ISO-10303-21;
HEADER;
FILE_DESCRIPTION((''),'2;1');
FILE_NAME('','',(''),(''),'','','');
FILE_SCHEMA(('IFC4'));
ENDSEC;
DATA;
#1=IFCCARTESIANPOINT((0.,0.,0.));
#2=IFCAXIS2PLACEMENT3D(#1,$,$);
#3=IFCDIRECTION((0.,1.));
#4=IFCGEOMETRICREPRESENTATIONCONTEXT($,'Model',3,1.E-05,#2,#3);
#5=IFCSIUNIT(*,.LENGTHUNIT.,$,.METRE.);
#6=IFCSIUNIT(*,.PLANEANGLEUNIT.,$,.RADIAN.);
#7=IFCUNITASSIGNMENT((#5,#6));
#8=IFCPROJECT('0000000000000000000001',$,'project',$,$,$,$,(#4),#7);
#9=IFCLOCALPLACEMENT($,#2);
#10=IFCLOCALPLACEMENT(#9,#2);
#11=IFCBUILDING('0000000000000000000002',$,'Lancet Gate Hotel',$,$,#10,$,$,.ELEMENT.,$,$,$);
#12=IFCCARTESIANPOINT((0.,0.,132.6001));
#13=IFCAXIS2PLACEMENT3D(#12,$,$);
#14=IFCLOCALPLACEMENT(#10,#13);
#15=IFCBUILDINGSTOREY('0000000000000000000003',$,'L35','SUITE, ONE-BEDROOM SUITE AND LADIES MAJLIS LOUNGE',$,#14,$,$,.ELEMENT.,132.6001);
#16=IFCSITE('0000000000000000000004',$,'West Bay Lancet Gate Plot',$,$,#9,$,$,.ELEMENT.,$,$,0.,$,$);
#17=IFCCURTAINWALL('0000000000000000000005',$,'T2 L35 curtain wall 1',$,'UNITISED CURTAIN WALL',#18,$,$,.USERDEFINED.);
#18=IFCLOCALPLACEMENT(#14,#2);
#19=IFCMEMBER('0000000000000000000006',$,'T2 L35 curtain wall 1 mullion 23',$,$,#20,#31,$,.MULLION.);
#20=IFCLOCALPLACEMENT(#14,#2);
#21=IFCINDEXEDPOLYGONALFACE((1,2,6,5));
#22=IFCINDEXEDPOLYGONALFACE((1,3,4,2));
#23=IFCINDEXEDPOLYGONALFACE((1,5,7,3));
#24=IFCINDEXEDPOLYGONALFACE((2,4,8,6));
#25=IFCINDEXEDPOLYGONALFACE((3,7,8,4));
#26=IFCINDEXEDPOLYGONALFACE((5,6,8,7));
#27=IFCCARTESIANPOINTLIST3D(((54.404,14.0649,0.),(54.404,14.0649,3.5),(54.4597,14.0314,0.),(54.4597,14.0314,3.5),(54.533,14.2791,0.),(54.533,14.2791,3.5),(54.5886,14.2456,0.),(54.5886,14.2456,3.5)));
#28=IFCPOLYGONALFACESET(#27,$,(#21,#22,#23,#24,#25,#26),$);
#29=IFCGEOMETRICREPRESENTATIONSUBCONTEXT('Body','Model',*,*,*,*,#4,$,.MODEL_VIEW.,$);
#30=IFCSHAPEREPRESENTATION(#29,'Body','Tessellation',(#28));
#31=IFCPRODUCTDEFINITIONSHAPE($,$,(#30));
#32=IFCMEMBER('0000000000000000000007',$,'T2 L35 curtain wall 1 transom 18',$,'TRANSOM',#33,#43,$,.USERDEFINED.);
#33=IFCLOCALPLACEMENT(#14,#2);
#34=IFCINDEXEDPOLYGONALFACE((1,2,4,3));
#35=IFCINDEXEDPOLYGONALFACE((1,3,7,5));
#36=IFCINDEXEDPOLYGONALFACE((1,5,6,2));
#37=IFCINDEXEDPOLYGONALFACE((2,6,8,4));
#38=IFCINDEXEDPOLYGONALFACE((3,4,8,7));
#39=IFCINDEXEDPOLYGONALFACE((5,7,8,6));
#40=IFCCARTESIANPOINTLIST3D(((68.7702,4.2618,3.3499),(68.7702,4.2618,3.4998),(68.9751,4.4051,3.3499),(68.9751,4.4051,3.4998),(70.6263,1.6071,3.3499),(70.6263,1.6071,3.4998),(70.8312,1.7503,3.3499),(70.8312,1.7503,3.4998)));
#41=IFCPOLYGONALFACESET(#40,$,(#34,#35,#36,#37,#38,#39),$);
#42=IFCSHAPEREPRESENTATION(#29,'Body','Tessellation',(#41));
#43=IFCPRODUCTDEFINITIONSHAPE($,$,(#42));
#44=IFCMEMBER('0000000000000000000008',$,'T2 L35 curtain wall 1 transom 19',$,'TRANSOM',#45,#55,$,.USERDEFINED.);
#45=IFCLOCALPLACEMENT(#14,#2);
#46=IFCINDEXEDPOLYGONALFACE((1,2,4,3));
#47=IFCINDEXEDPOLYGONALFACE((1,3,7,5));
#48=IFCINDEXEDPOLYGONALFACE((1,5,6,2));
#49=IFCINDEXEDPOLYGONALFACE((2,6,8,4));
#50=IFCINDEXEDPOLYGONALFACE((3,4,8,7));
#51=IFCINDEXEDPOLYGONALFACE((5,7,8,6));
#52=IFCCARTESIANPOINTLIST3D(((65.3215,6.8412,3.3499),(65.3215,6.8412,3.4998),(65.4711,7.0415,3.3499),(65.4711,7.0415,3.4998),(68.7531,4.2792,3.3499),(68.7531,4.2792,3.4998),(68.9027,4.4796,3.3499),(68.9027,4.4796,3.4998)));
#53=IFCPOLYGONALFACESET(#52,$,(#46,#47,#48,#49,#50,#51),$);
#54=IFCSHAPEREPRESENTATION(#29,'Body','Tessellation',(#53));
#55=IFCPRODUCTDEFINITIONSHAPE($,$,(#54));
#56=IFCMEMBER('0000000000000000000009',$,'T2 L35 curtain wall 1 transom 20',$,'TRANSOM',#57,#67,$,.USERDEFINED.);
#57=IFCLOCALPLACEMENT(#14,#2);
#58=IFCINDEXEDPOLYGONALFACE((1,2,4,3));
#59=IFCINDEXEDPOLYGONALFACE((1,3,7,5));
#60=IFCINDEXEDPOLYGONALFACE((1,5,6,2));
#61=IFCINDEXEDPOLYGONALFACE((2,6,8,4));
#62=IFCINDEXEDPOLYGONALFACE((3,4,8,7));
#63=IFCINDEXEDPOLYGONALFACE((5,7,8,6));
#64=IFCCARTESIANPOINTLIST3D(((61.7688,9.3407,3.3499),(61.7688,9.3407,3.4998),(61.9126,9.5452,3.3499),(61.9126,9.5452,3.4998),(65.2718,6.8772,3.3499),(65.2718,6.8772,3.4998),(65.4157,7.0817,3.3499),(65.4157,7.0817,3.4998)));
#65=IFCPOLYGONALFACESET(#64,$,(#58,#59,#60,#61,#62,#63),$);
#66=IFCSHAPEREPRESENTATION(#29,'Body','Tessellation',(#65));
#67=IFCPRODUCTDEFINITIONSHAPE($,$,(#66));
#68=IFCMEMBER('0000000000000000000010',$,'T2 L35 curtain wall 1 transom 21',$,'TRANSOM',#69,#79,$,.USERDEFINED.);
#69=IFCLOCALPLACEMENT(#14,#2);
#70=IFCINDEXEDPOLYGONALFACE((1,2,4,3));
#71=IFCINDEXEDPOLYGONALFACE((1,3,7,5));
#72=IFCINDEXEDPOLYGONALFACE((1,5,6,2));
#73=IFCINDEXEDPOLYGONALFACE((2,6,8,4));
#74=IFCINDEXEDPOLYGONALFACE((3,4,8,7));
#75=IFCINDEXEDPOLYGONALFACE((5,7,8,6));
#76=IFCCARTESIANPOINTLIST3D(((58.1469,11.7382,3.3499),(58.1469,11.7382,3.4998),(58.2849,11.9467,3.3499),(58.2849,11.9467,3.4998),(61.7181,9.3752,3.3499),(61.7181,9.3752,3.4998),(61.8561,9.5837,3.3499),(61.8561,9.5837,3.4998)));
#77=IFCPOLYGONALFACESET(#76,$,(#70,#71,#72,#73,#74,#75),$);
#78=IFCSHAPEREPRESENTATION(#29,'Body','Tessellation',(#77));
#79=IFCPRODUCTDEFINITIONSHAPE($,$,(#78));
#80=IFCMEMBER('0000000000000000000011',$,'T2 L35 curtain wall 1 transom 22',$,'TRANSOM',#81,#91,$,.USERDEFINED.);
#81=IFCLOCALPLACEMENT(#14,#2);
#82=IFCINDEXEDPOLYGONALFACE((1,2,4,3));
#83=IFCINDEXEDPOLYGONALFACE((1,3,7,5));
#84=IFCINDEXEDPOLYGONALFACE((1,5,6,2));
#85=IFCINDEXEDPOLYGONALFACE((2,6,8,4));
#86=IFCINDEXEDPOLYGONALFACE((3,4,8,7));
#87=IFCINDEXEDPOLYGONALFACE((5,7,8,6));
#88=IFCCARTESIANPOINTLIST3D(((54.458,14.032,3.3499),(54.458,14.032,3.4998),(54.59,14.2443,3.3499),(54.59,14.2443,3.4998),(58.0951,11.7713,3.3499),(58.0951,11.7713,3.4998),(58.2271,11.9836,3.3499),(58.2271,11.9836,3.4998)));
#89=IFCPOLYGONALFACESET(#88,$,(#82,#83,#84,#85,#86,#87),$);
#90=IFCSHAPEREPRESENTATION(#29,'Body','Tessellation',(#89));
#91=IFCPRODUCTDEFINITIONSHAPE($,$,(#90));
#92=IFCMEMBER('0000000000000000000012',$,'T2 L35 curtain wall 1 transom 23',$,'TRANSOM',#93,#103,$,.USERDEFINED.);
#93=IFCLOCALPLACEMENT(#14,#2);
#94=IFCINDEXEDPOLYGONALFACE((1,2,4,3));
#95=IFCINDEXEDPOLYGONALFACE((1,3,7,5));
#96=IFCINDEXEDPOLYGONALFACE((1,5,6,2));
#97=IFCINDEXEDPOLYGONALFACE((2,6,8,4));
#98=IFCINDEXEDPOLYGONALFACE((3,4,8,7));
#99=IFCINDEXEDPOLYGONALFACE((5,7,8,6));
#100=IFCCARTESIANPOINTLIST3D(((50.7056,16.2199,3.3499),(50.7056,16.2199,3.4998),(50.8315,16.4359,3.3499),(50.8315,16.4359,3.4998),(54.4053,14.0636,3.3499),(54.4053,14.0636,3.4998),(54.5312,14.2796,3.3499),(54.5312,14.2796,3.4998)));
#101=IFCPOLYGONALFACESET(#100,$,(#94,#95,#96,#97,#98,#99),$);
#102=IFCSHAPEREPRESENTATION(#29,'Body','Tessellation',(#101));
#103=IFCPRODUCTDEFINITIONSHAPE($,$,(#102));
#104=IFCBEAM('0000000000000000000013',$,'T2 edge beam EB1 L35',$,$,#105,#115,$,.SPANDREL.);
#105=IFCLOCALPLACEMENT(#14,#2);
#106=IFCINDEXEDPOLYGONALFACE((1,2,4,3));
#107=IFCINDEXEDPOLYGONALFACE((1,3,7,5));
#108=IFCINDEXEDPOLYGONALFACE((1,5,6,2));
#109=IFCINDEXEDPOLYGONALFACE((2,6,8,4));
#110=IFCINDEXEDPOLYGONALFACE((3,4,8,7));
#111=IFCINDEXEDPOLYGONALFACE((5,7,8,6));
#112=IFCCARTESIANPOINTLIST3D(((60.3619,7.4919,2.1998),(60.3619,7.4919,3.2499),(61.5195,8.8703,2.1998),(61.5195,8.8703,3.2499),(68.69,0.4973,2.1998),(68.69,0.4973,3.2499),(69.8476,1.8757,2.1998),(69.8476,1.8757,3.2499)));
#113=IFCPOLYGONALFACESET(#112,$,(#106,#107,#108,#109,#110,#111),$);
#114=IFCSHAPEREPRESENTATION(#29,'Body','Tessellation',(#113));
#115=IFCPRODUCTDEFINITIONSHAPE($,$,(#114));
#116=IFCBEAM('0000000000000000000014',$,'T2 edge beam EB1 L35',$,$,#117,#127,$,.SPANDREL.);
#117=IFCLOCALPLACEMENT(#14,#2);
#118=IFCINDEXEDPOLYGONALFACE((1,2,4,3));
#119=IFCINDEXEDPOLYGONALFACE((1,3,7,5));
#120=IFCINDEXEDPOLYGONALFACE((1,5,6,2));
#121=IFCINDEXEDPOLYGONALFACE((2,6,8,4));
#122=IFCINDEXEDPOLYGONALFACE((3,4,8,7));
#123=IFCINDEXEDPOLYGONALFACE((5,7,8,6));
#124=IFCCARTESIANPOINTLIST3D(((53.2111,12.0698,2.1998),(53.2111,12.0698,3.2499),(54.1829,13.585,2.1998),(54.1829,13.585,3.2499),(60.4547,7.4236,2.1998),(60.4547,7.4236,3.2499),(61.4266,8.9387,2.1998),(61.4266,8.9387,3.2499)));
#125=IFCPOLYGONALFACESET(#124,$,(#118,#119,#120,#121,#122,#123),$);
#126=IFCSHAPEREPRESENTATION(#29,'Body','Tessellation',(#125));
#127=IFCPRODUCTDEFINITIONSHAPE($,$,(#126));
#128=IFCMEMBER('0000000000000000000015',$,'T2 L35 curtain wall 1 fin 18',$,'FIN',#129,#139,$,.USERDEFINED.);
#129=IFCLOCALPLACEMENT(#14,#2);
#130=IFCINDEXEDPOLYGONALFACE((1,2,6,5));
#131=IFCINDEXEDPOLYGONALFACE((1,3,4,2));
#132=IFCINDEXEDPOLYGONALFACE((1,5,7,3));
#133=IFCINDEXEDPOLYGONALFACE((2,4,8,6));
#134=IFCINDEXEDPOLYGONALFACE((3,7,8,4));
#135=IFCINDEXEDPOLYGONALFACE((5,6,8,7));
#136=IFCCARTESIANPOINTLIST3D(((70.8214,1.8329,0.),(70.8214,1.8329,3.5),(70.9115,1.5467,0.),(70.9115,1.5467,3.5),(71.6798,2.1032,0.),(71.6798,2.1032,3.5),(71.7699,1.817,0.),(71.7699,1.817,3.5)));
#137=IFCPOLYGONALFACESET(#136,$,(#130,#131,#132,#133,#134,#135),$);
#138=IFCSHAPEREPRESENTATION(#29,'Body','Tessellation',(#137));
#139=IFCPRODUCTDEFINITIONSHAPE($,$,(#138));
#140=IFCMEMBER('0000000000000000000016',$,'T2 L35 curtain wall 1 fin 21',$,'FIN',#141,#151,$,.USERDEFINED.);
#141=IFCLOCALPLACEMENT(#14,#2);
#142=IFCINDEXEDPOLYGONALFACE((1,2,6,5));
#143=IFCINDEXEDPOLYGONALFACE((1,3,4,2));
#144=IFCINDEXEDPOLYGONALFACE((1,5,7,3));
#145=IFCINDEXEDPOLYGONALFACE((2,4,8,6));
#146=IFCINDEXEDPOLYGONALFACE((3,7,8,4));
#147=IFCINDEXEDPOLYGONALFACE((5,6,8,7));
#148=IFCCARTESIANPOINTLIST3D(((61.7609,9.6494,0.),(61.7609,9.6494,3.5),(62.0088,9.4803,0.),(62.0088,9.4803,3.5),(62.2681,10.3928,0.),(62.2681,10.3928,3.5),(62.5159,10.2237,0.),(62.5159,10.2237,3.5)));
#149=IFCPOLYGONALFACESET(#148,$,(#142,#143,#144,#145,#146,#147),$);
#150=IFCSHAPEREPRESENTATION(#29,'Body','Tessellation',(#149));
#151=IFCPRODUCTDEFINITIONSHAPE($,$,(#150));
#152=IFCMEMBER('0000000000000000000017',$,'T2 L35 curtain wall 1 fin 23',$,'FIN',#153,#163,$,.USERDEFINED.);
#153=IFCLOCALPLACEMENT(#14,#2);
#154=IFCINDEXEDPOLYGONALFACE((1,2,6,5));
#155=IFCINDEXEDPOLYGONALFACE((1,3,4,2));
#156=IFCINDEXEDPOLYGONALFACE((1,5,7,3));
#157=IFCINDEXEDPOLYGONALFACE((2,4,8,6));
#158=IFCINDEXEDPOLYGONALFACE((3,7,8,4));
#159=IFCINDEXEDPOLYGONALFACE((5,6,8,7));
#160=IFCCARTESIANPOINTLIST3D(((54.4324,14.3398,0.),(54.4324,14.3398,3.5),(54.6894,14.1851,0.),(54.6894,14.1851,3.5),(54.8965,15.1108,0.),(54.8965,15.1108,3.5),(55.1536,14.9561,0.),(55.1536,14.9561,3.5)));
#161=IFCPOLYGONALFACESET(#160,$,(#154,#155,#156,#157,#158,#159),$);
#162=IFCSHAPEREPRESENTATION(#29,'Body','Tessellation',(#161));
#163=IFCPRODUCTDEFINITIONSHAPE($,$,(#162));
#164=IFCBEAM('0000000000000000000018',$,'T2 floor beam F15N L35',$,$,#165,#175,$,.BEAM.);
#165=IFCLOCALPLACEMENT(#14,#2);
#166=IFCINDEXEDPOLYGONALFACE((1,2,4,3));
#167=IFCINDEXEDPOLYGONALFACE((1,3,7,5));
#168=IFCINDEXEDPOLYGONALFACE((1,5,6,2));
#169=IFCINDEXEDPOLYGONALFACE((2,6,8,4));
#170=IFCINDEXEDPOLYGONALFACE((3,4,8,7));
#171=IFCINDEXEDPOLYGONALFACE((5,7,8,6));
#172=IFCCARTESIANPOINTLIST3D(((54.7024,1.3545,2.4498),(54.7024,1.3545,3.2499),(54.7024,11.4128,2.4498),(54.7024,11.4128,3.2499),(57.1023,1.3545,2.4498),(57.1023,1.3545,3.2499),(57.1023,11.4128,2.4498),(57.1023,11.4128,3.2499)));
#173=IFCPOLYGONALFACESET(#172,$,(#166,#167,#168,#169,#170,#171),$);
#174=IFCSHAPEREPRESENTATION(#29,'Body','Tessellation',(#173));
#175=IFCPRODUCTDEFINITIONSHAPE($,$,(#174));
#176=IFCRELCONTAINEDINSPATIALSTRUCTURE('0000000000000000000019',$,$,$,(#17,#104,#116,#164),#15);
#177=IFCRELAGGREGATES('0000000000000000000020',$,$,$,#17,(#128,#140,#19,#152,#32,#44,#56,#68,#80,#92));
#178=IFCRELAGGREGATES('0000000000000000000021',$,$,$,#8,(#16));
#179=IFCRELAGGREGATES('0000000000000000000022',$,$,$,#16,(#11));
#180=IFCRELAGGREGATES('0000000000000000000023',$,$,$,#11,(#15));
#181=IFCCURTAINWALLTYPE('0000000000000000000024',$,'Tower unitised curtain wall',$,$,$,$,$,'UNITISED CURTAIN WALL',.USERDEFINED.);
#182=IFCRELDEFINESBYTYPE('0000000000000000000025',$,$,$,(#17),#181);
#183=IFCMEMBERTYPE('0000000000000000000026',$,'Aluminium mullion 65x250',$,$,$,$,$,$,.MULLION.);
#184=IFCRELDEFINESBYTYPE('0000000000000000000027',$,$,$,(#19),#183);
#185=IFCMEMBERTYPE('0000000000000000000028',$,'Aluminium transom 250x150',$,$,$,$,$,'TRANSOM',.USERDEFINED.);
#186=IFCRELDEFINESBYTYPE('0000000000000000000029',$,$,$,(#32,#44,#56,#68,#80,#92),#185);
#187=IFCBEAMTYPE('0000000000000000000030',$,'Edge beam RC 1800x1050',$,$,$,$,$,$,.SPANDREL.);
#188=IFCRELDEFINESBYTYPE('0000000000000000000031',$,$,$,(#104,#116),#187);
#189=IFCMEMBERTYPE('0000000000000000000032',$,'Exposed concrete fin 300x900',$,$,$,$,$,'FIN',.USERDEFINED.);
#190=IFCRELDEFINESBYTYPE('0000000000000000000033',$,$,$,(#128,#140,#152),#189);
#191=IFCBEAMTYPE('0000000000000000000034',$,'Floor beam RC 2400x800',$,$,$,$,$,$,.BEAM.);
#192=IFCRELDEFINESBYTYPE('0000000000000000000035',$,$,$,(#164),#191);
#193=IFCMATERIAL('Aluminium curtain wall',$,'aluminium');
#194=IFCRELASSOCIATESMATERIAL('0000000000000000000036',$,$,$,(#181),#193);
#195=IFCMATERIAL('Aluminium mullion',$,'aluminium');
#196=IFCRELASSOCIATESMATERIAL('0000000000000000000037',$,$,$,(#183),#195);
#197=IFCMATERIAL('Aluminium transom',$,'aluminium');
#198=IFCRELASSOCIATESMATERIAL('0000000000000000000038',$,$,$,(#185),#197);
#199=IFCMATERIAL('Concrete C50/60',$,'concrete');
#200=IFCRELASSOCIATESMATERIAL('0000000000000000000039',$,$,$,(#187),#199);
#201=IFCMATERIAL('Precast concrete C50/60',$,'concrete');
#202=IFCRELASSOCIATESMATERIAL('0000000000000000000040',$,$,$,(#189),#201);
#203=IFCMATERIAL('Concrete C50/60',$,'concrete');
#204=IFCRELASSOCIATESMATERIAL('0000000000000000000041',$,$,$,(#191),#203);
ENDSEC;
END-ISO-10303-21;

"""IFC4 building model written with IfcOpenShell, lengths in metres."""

from ifc_helpers import new_model, si_unit, direction, frame, origin, origin_2d, place, context, subcontext, project, spatial, rectangle, extrude, material, material_profile, profile_set, type_object, element, aggregate, save


model = new_model("IFC4")

# Units and contexts
model_context = context("Model", 3, precision=1e-05, world=origin(), true_north=direction((0.0, 1.0)))
body_context = subcontext(model_context, "Body", "Model", "MODEL_VIEW")
ifc_project = project(units=[si_unit("LENGTHUNIT", "METRE"), si_unit("PLANEANGLEUNIT", "RADIAN")], contexts=[model_context])

# Site, building, storey
site_placement = place(None, origin())
site = spatial("IfcSite", under=ifc_project, at=site_placement, Name="West Bay Lancet Gate Plot", CompositionType="ELEMENT", RefElevation=0.0)
building_placement = place(site_placement, origin())
building = spatial("IfcBuilding", under=site, at=building_placement, Name="Lancet Gate Hotel", CompositionType="ELEMENT")
storey_placement = place(building_placement, frame((0.0, 0.0, 132.6001)))
storey = spatial("IfcBuildingStorey", under=building, at=storey_placement, Name="L35", Description="SUITE, ONE-BEDROOM SUITE AND LADIES MAJLIS LOUNGE", CompositionType="ELEMENT", Elevation=132.6001)

# Curtain wall, members
ifc_material_1 = material(Name="Aluminium curtain wall", Category="aluminium")
curtain_wall_type = type_object("IfcCurtainWallType", Name="Tower unitised curtain wall", ElementType="UNITISED CURTAIN WALL", PredefinedType="USERDEFINED", material=ifc_material_1)
curtain_wall_placement = place(storey_placement, origin())
curtain_wall = element("IfcCurtainWall", 1, at=curtain_wall_placement, inside=storey, type_object=curtain_wall_type, Name="T2 L35 curtain wall 1", ObjectType="UNITISED CURTAIN WALL", PredefinedType="USERDEFINED")
ifc_material_2 = material(Name="Aluminium mullion", Category="aluminium")
ifc_material_profile_1 = material_profile(ifc_material_2, rectangle(XDim=0.0649, YDim=0.25, at=origin_2d()), Name="MULLION 65x250")
ifc_profile_set_1 = profile_set([ifc_material_profile_1], Name="Aluminium mullion")
member_type_1 = type_object("IfcMemberType", Name="Aluminium mullion 65x250", PredefinedType="MULLION", material=ifc_profile_set_1)
member_1_placement = place(storey_placement, frame((54.4963, 14.1553, 0.0), z_axis=(0.0, 0.0, 1.0), x_axis=(-0.856728, 0.515768, 0.0)))
member_1 = element("IfcMember", 2, at=member_1_placement, type_object=member_type_1, Name="T2 L35 curtain wall 1 mullion 23", PredefinedType="MULLION", context=body_context, shape_type="SweptSolid", body=[
    extrude(rectangle(XDim=0.0649, YDim=0.25, at=origin_2d()), origin(), (0.0, 0.0, 1.0), 3.5),
])
ifc_material_3 = material(Name="Aluminium transom", Category="aluminium")
ifc_material_profile_2 = material_profile(ifc_material_3, rectangle(XDim=0.25, YDim=0.1499, at=origin_2d()), Name="TRANSOM 250x150")
ifc_profile_set_2 = profile_set([ifc_material_profile_2], Name="Aluminium transom")
member_type_2 = type_object("IfcMemberType", Name="Aluminium transom 250x150", ElementType="TRANSOM", PredefinedType="USERDEFINED", material=ifc_profile_set_2)
member_2_placement = place(storey_placement, frame((70.7288, 1.6787, 3.4248), z_axis=(-0.573017, 0.819543, 0.0), x_axis=(-0.819543, -0.573017, 0.0)))
member_2 = element("IfcMember", 3, at=member_2_placement, type_object=member_type_2, Name="T2 L35 curtain wall 1 transom 18", ObjectType="TRANSOM", PredefinedType="USERDEFINED", context=body_context, shape_type="SweptSolid", body=[
    extrude(rectangle(XDim=0.25, YDim=0.1499, at=origin_2d()), origin(), (0.0, 0.0, 1.0), 3.2393),
])
member_3_placement = place(storey_placement, frame((68.8279, 4.3794, 3.4248), z_axis=(-0.801312, 0.598247, 0.0), x_axis=(-0.598247, -0.801312, 0.0)))
member_3 = element("IfcMember", 4, at=member_3_placement, type_object=member_type_2, Name="T2 L35 curtain wall 1 transom 19", ObjectType="TRANSOM", PredefinedType="USERDEFINED", context=body_context, shape_type="SweptSolid", body=[
    extrude(rectangle(XDim=0.25, YDim=0.1499, at=origin_2d()), origin(), (0.0, 0.0, 1.0), 4.2825),
])
member_4_placement = place(storey_placement, frame((65.3438, 6.9795, 3.4248), z_axis=(-0.817987, 0.575236, 0.0), x_axis=(-0.575236, -0.817987, 0.0)))
member_4 = element("IfcMember", 5, at=member_4_placement, type_object=member_type_2, Name="T2 L35 curtain wall 1 transom 20", ObjectType="TRANSOM", PredefinedType="USERDEFINED", context=body_context, shape_type="SweptSolid", body=[
    extrude(rectangle(XDim=0.25, YDim=0.1499, at=origin_2d()), origin(), (0.0, 0.0, 1.0), 4.2825),
])
member_5_placement = place(storey_placement, frame((61.7871, 9.4795, 3.4248), z_axis=(-0.833966, 0.551816, 0.0), x_axis=(-0.551816, -0.833966, 0.0)))
member_5 = element("IfcMember", 6, at=member_5_placement, type_object=member_type_2, Name="T2 L35 curtain wall 1 transom 21", ObjectType="TRANSOM", PredefinedType="USERDEFINED", context=body_context, shape_type="SweptSolid", body=[
    extrude(rectangle(XDim=0.25, YDim=0.1499, at=origin_2d()), origin(), (0.0, 0.0, 1.0), 4.2822),
])
member_6_placement = place(storey_placement, frame((58.1611, 11.8774, 3.4248), z_axis=(-0.849309, 0.527896, 0.0), x_axis=(-0.527896, -0.849309, 0.0)))
member_6 = element("IfcMember", 7, at=member_6_placement, type_object=member_type_2, Name="T2 L35 curtain wall 1 transom 22", ObjectType="TRANSOM", PredefinedType="USERDEFINED", context=body_context, shape_type="SweptSolid", body=[
    extrude(rectangle(XDim=0.25, YDim=0.1499, at=origin_2d()), origin(), (0.0, 0.0, 1.0), 4.2825),
])
member_7_placement = place(storey_placement, frame((54.4683, 14.1716, 3.4248), z_axis=(-0.863973, 0.503538, 0.0), x_axis=(-0.503538, -0.863973, 0.0)))
member_7 = element("IfcMember", 8, at=member_7_placement, type_object=member_type_2, Name="T2 L35 curtain wall 1 transom 23", ObjectType="TRANSOM", PredefinedType="USERDEFINED", context=body_context, shape_type="SweptSolid", body=[
    extrude(rectangle(XDim=0.25, YDim=0.1499, at=origin_2d()), origin(), (0.0, 0.0, 1.0), 4.2822),
])

# Beams
ifc_material_4 = material(Name="Concrete C50/60", Category="concrete")
ifc_material_profile_3 = material_profile(ifc_material_4, rectangle(XDim=1.8, YDim=1.05, at=origin_2d()), Name="RC 1800x1050")
ifc_profile_set_3 = profile_set([ifc_material_profile_3], Name="Concrete C50/60")
beam_type_1 = type_object("IfcBeamType", Name="Edge beam RC 1800x1050", PredefinedType="SPANDREL", material=ifc_profile_set_3)
beam_1_placement = place(storey_placement, frame((69.2688, 1.1865, 2.7249), z_axis=(-0.76575, 0.643138, 0.0), x_axis=(-0.643138, -0.76575, 0.0)))
element("IfcBeam", 9, at=beam_1_placement, inside=storey, type_object=beam_type_1, Name="T2 edge beam EB1 L35", PredefinedType="SPANDREL", context=body_context, shape_type="SweptSolid", body=[
    extrude(rectangle(XDim=1.8, YDim=1.05, at=origin_2d()), origin(), (0.0, 0.0, 1.0), 10.8757),
])
beam_2_placement = place(storey_placement, frame((60.9407, 8.1812, 2.7249), z_axis=(-0.841727, 0.539903, 0.0), x_axis=(-0.539903, -0.841727, 0.0)))
element("IfcBeam", 10, at=beam_2_placement, inside=storey, type_object=beam_type_1, Name="T2 edge beam EB1 L35", PredefinedType="SPANDREL", context=body_context, shape_type="SweptSolid", body=[
    extrude(rectangle(XDim=1.8, YDim=1.05, at=origin_2d()), origin(), (0.0, 0.0, 1.0), 8.6057),
])

# Members
ifc_material_5 = material(Name="Precast concrete C50/60", Category="concrete")
ifc_material_profile_4 = material_profile(ifc_material_5, rectangle(XDim=0.3, YDim=0.8999, at=origin_2d()), Name="FIN 300x900")
ifc_profile_set_4 = profile_set([ifc_material_profile_4], Name="Precast concrete C50/60")
member_type_3 = type_object("IfcMemberType", Name="Exposed concrete fin 300x900", ElementType="FIN", PredefinedType="USERDEFINED", material=ifc_profile_set_4)
member_8_placement = place(storey_placement, frame((71.2957, 1.825, 0.0), z_axis=(0.0, 0.0, 1.0), x_axis=(-0.300385, 0.953818, 0.0)))
member_8 = element("IfcMember", 11, at=member_8_placement, type_object=member_type_3, Name="T2 L35 curtain wall 1 fin 18", ObjectType="FIN", PredefinedType="USERDEFINED", context=body_context, shape_type="SweptSolid", body=[
    extrude(rectangle(XDim=0.3, YDim=0.8999, at=origin_2d()), origin(), (0.0, 0.0, 1.0), 3.5),
])
member_9_placement = place(storey_placement, frame((62.1384, 9.9365, 0.0), z_axis=(0.0, 0.0, 1.0), x_axis=(-0.826066, 0.563574, 0.0)))
member_9 = element("IfcMember", 12, at=member_9_placement, type_object=member_type_3, Name="T2 L35 curtain wall 1 fin 21", ObjectType="FIN", PredefinedType="USERDEFINED", context=body_context, shape_type="SweptSolid", body=[
    extrude(rectangle(XDim=0.3, YDim=0.8999, at=origin_2d()), origin(), (0.0, 0.0, 1.0), 3.5),
])
member_10_placement = place(storey_placement, frame((54.793, 14.6479, 0.0), z_axis=(0.0, 0.0, 1.0), x_axis=(-0.856728, 0.515768, 0.0)))
member_10 = element("IfcMember", 13, at=member_10_placement, type_object=member_type_3, Name="T2 L35 curtain wall 1 fin 23", ObjectType="FIN", PredefinedType="USERDEFINED", context=body_context, shape_type="SweptSolid", body=[
    extrude(rectangle(XDim=0.3, YDim=0.8999, at=origin_2d()), origin(), (0.0, 0.0, 1.0), 3.5),
])

# Beam
ifc_material_6 = material(Name="Concrete C50/60", Category="concrete")
ifc_material_profile_5 = material_profile(ifc_material_6, rectangle(XDim=2.3999, YDim=0.8, at=origin_2d()), Name="RC 2400x800")
ifc_profile_set_5 = profile_set([ifc_material_profile_5], Name="Concrete C50/60")
beam_type_2 = type_object("IfcBeamType", Name="Floor beam RC 2400x800", PredefinedType="BEAM", material=ifc_profile_set_5)
beam_3_placement = place(storey_placement, frame((55.9023, 1.3545, 2.8499), z_axis=(0.0, 1.0, 0.0), x_axis=(-1.0, 0.0, 0.0)))
element("IfcBeam", 14, at=beam_3_placement, inside=storey, type_object=beam_type_2, Name="T2 floor beam F15N L35", PredefinedType="BEAM", context=body_context, shape_type="SweptSolid", body=[
    extrude(rectangle(XDim=2.3999, YDim=0.8, at=origin_2d()), origin(), (0.0, 0.0, 1.0), 10.0583),
])

aggregate(curtain_wall, [member_8, member_9, member_1, member_10, member_2, member_3, member_4, member_5, member_6, member_7])

save(model, "model.ifc")
